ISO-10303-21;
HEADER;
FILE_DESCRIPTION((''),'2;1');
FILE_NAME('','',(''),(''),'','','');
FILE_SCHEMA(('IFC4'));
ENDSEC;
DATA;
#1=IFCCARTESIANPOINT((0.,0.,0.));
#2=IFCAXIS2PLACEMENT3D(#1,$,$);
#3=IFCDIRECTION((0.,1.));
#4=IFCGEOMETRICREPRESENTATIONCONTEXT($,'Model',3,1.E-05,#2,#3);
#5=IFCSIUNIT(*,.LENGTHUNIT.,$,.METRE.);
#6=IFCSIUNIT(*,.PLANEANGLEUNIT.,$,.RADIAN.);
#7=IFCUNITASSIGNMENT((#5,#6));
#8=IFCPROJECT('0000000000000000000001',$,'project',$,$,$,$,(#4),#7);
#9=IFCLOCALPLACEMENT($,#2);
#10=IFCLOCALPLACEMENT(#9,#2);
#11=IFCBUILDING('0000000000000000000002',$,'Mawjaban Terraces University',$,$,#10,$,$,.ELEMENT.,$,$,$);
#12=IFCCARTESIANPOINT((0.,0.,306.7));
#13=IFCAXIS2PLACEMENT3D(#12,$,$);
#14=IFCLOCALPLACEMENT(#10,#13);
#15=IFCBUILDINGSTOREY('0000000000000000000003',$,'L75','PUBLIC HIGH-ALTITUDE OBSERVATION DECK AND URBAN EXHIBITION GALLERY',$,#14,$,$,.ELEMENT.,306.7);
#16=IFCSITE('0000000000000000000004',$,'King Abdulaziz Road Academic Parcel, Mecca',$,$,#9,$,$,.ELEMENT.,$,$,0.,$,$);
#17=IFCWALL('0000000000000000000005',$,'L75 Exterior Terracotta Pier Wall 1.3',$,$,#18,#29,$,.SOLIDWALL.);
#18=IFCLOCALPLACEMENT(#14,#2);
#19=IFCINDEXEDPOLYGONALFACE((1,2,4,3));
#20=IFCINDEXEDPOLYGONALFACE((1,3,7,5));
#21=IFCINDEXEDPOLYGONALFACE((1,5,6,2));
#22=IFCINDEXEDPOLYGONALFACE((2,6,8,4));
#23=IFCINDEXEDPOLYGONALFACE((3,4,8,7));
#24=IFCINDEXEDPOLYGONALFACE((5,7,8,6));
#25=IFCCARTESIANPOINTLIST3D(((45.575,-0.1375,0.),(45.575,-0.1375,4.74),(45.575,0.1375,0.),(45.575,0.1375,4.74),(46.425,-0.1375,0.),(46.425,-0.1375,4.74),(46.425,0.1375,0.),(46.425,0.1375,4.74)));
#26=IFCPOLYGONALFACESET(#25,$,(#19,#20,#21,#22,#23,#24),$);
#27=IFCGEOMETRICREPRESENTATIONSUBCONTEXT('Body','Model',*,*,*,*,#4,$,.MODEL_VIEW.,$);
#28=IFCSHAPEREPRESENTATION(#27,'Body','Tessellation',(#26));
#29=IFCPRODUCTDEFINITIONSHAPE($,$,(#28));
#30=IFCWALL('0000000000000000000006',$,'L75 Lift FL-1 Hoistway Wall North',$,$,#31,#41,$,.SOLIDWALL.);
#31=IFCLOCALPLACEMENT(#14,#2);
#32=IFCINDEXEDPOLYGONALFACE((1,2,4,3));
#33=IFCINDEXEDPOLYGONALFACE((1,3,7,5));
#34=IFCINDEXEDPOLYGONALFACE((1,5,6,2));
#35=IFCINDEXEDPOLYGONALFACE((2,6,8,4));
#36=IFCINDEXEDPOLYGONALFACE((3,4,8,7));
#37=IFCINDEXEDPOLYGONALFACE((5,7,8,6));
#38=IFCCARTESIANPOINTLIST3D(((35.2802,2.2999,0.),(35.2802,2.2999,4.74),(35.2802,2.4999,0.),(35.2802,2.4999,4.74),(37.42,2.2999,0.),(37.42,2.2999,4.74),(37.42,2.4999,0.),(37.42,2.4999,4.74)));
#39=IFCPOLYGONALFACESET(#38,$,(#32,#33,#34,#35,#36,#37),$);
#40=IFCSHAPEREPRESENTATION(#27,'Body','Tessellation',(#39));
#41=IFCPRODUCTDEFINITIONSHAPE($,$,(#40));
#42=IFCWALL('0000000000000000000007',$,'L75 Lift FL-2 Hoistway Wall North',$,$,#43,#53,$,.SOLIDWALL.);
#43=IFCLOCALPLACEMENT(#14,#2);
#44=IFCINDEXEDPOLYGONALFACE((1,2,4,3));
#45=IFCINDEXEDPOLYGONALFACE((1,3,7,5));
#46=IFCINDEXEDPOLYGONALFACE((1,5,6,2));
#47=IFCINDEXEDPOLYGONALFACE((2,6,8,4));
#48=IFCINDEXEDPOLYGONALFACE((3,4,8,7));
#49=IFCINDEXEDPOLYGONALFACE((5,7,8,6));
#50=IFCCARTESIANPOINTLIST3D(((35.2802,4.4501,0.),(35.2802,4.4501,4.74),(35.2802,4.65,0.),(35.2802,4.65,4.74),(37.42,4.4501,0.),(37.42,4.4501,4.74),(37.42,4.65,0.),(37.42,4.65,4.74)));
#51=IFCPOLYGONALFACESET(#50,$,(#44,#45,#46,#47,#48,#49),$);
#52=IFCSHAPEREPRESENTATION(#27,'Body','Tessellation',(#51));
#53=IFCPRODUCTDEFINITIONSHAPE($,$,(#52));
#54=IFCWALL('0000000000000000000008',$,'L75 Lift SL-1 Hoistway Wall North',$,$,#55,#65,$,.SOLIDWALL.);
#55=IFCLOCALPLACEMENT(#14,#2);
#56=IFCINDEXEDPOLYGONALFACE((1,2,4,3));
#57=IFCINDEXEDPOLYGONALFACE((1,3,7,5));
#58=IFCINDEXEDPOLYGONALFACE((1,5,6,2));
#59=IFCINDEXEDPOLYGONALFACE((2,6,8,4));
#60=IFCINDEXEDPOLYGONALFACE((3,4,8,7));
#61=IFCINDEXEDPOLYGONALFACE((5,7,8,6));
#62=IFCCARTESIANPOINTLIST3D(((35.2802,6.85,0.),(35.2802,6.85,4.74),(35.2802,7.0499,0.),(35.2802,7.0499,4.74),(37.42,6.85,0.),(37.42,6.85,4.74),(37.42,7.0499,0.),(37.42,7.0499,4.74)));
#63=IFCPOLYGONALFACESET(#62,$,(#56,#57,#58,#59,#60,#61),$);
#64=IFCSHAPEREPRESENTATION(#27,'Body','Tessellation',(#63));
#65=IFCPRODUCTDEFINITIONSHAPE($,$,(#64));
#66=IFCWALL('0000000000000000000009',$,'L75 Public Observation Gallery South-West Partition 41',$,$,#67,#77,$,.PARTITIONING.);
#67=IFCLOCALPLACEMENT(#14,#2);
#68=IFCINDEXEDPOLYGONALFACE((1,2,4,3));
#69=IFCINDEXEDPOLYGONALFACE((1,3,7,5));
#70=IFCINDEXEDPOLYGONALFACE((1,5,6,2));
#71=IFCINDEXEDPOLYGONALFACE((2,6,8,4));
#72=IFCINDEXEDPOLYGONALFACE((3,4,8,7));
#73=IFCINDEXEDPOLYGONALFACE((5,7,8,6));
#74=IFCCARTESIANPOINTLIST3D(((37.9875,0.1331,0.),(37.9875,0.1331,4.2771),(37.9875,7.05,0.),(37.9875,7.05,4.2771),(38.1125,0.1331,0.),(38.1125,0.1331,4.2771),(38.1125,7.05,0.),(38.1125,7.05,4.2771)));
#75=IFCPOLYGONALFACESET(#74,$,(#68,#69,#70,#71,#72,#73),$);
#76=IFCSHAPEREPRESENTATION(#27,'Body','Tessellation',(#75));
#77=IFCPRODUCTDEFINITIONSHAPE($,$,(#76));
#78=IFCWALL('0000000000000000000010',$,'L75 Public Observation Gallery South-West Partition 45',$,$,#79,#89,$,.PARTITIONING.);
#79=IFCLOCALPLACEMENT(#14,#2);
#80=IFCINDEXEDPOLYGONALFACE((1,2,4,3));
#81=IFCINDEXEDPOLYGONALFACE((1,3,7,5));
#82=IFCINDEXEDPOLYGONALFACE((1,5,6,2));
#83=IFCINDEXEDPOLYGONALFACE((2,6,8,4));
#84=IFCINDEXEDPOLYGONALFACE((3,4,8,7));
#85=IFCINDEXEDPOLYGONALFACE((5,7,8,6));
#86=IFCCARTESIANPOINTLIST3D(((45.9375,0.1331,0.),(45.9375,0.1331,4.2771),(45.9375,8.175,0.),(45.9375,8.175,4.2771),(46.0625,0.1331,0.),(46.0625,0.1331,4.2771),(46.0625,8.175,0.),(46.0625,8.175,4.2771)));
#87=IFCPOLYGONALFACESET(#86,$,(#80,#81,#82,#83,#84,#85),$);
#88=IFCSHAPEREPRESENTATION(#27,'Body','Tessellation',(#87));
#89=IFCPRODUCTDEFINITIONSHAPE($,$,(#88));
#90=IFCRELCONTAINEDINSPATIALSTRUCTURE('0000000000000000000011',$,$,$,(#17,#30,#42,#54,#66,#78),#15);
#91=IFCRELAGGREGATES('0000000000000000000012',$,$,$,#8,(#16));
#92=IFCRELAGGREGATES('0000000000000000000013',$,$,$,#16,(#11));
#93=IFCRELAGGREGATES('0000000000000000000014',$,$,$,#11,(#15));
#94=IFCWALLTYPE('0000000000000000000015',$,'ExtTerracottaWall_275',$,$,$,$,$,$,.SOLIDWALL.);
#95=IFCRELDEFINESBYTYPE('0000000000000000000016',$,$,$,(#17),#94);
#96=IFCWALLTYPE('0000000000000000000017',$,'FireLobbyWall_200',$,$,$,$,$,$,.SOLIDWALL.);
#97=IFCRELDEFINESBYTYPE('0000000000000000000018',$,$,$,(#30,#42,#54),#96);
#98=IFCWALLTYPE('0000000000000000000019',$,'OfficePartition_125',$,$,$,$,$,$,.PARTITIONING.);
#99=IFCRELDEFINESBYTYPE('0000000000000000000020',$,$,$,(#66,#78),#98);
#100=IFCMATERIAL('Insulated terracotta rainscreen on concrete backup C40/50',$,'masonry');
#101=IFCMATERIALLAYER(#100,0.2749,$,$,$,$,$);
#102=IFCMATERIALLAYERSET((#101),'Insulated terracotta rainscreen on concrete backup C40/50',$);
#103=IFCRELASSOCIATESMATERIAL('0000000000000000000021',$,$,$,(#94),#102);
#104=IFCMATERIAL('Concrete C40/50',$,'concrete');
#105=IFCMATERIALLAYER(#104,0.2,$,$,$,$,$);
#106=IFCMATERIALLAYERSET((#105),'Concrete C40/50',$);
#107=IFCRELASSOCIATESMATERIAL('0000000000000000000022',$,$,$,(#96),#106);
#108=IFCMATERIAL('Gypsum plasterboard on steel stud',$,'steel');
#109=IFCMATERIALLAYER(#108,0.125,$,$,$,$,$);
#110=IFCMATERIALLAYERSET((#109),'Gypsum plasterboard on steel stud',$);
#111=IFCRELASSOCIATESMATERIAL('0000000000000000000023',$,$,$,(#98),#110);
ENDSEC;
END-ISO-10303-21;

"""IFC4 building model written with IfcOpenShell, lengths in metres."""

from ifc_helpers import new_model, si_unit, direction, frame, frame_2d, origin, place, context, subcontext, project, spatial, rectangle, extrude, material, layer, layer_set, type_object, element, save


model = new_model("IFC4")

# Units and contexts
model_context = context("Model", 3, precision=1e-05, world=origin(), true_north=direction((0.0, 1.0)))
body_context = subcontext(model_context, "Body", "Model", "MODEL_VIEW")
ifc_project = project(units=[si_unit("LENGTHUNIT", "METRE"), si_unit("PLANEANGLEUNIT", "RADIAN")], contexts=[model_context])

# Site, building, storey
site_placement = place(None, origin())
site = spatial("IfcSite", under=ifc_project, at=site_placement, Name="King Abdulaziz Road Academic Parcel, Mecca", CompositionType="ELEMENT", RefElevation=0.0)
building_placement = place(site_placement, origin())
building = spatial("IfcBuilding", under=site, at=building_placement, Name="Mawjaban Terraces University", CompositionType="ELEMENT")
storey_placement = place(building_placement, frame((0.0, 0.0, 306.7)))
storey = spatial("IfcBuildingStorey", under=building, at=storey_placement, Name="L75", Description="PUBLIC HIGH-ALTITUDE OBSERVATION DECK AND URBAN EXHIBITION GALLERY", CompositionType="ELEMENT", Elevation=306.7)

# Walls
ifc_material_1 = material(Name="Insulated terracotta rainscreen on concrete backup C40/50", Category="masonry")
ifc_layer_1 = layer(ifc_material_1, 0.2749)
ifc_layer_set_1 = layer_set([ifc_layer_1], Name="Insulated terracotta rainscreen on concrete backup C40/50")
wall_type_1 = type_object("IfcWallType", Name="ExtTerracottaWall_275", PredefinedType="SOLIDWALL", material=ifc_layer_set_1)
wall_1_placement = place(storey_placement, frame((45.575, 0.0, 0.0), z_axis=(0.0, 0.0, 1.0), x_axis=(1.0, 0.0, 0.0)))
element("IfcWall", 1, at=wall_1_placement, inside=storey, type_object=wall_type_1, Name="L75 Exterior Terracotta Pier Wall 1.3", PredefinedType="SOLIDWALL", context=body_context, shape_type="SweptSolid", body=[
    extrude(rectangle(XDim=0.8501, YDim=0.2749, at=frame_2d((0.425, 0.0))), origin(), (0.0, 0.0, 1.0), 4.74),
])
ifc_material_2 = material(Name="Concrete C40/50", Category="concrete")
ifc_layer_2 = layer(ifc_material_2, 0.2)
ifc_layer_set_2 = layer_set([ifc_layer_2], Name="Concrete C40/50")
wall_type_2 = type_object("IfcWallType", Name="FireLobbyWall_200", PredefinedType="SOLIDWALL", material=ifc_layer_set_2)
for number, where, z_axis, x_axis, name in (
    (2, (37.4199, 2.3999, 0.0), (0.0, 0.0, 1.0), (-1.0, 0.0, 0.0), "L75 Lift FL-1 Hoistway Wall North"),
    (3, (37.4199, 4.55, 0.0), (0.0, 0.0, 1.0), (-1.0, 0.0, 0.0), "L75 Lift FL-2 Hoistway Wall North"),
    (4, (37.4199, 6.95, 0.0), (0.0, 0.0, 1.0), (-1.0, 0.0, 0.0), "L75 Lift SL-1 Hoistway Wall North"),
):
    element("IfcWall", number, at=place(storey_placement, frame(where, z_axis=z_axis, x_axis=x_axis)), inside=storey, type_object=wall_type_2, Name=name, PredefinedType="SOLIDWALL", context=body_context, shape_type="SweptSolid", body=[
        extrude(rectangle(XDim=2.1399, YDim=0.2, at=frame_2d((1.0698, 0.0))), origin(), (0.0, 0.0, 1.0), 4.74),
    ])
ifc_material_3 = material(Name="Gypsum plasterboard on steel stud", Category="steel")
ifc_layer_3 = layer(ifc_material_3, 0.125)
ifc_layer_set_3 = layer_set([ifc_layer_3], Name="Gypsum plasterboard on steel stud")
wall_type_3 = type_object("IfcWallType", Name="OfficePartition_125", PredefinedType="PARTITIONING", material=ifc_layer_set_3)
wall_2_placement = place(storey_placement, frame((38.05, 7.05, 0.0), z_axis=(0.0, 0.0, 1.0), x_axis=(0.0, -1.0, 0.0)))
element("IfcWall", 5, at=wall_2_placement, inside=storey, type_object=wall_type_3, Name="L75 Public Observation Gallery South-West Partition 41", PredefinedType="PARTITIONING", context=body_context, shape_type="SweptSolid", body=[
    extrude(rectangle(XDim=6.917, YDim=0.125, at=frame_2d((3.4585, 0.0))), origin(), (0.0, 0.0, 1.0), 4.2771),
])
wall_3_placement = place(storey_placement, frame((46.0, 0.1331, 0.0), z_axis=(0.0, 0.0, 1.0), x_axis=(0.0, 1.0, 0.0)))
element("IfcWall", 6, at=wall_3_placement, inside=storey, type_object=wall_type_3, Name="L75 Public Observation Gallery South-West Partition 45", PredefinedType="PARTITIONING", context=body_context, shape_type="SweptSolid", body=[
    extrude(rectangle(XDim=8.042, YDim=0.125, at=frame_2d((4.021, 0.0))), origin(), (0.0, 0.0, 1.0), 4.2771),
])

save(model, "model.ifc")
